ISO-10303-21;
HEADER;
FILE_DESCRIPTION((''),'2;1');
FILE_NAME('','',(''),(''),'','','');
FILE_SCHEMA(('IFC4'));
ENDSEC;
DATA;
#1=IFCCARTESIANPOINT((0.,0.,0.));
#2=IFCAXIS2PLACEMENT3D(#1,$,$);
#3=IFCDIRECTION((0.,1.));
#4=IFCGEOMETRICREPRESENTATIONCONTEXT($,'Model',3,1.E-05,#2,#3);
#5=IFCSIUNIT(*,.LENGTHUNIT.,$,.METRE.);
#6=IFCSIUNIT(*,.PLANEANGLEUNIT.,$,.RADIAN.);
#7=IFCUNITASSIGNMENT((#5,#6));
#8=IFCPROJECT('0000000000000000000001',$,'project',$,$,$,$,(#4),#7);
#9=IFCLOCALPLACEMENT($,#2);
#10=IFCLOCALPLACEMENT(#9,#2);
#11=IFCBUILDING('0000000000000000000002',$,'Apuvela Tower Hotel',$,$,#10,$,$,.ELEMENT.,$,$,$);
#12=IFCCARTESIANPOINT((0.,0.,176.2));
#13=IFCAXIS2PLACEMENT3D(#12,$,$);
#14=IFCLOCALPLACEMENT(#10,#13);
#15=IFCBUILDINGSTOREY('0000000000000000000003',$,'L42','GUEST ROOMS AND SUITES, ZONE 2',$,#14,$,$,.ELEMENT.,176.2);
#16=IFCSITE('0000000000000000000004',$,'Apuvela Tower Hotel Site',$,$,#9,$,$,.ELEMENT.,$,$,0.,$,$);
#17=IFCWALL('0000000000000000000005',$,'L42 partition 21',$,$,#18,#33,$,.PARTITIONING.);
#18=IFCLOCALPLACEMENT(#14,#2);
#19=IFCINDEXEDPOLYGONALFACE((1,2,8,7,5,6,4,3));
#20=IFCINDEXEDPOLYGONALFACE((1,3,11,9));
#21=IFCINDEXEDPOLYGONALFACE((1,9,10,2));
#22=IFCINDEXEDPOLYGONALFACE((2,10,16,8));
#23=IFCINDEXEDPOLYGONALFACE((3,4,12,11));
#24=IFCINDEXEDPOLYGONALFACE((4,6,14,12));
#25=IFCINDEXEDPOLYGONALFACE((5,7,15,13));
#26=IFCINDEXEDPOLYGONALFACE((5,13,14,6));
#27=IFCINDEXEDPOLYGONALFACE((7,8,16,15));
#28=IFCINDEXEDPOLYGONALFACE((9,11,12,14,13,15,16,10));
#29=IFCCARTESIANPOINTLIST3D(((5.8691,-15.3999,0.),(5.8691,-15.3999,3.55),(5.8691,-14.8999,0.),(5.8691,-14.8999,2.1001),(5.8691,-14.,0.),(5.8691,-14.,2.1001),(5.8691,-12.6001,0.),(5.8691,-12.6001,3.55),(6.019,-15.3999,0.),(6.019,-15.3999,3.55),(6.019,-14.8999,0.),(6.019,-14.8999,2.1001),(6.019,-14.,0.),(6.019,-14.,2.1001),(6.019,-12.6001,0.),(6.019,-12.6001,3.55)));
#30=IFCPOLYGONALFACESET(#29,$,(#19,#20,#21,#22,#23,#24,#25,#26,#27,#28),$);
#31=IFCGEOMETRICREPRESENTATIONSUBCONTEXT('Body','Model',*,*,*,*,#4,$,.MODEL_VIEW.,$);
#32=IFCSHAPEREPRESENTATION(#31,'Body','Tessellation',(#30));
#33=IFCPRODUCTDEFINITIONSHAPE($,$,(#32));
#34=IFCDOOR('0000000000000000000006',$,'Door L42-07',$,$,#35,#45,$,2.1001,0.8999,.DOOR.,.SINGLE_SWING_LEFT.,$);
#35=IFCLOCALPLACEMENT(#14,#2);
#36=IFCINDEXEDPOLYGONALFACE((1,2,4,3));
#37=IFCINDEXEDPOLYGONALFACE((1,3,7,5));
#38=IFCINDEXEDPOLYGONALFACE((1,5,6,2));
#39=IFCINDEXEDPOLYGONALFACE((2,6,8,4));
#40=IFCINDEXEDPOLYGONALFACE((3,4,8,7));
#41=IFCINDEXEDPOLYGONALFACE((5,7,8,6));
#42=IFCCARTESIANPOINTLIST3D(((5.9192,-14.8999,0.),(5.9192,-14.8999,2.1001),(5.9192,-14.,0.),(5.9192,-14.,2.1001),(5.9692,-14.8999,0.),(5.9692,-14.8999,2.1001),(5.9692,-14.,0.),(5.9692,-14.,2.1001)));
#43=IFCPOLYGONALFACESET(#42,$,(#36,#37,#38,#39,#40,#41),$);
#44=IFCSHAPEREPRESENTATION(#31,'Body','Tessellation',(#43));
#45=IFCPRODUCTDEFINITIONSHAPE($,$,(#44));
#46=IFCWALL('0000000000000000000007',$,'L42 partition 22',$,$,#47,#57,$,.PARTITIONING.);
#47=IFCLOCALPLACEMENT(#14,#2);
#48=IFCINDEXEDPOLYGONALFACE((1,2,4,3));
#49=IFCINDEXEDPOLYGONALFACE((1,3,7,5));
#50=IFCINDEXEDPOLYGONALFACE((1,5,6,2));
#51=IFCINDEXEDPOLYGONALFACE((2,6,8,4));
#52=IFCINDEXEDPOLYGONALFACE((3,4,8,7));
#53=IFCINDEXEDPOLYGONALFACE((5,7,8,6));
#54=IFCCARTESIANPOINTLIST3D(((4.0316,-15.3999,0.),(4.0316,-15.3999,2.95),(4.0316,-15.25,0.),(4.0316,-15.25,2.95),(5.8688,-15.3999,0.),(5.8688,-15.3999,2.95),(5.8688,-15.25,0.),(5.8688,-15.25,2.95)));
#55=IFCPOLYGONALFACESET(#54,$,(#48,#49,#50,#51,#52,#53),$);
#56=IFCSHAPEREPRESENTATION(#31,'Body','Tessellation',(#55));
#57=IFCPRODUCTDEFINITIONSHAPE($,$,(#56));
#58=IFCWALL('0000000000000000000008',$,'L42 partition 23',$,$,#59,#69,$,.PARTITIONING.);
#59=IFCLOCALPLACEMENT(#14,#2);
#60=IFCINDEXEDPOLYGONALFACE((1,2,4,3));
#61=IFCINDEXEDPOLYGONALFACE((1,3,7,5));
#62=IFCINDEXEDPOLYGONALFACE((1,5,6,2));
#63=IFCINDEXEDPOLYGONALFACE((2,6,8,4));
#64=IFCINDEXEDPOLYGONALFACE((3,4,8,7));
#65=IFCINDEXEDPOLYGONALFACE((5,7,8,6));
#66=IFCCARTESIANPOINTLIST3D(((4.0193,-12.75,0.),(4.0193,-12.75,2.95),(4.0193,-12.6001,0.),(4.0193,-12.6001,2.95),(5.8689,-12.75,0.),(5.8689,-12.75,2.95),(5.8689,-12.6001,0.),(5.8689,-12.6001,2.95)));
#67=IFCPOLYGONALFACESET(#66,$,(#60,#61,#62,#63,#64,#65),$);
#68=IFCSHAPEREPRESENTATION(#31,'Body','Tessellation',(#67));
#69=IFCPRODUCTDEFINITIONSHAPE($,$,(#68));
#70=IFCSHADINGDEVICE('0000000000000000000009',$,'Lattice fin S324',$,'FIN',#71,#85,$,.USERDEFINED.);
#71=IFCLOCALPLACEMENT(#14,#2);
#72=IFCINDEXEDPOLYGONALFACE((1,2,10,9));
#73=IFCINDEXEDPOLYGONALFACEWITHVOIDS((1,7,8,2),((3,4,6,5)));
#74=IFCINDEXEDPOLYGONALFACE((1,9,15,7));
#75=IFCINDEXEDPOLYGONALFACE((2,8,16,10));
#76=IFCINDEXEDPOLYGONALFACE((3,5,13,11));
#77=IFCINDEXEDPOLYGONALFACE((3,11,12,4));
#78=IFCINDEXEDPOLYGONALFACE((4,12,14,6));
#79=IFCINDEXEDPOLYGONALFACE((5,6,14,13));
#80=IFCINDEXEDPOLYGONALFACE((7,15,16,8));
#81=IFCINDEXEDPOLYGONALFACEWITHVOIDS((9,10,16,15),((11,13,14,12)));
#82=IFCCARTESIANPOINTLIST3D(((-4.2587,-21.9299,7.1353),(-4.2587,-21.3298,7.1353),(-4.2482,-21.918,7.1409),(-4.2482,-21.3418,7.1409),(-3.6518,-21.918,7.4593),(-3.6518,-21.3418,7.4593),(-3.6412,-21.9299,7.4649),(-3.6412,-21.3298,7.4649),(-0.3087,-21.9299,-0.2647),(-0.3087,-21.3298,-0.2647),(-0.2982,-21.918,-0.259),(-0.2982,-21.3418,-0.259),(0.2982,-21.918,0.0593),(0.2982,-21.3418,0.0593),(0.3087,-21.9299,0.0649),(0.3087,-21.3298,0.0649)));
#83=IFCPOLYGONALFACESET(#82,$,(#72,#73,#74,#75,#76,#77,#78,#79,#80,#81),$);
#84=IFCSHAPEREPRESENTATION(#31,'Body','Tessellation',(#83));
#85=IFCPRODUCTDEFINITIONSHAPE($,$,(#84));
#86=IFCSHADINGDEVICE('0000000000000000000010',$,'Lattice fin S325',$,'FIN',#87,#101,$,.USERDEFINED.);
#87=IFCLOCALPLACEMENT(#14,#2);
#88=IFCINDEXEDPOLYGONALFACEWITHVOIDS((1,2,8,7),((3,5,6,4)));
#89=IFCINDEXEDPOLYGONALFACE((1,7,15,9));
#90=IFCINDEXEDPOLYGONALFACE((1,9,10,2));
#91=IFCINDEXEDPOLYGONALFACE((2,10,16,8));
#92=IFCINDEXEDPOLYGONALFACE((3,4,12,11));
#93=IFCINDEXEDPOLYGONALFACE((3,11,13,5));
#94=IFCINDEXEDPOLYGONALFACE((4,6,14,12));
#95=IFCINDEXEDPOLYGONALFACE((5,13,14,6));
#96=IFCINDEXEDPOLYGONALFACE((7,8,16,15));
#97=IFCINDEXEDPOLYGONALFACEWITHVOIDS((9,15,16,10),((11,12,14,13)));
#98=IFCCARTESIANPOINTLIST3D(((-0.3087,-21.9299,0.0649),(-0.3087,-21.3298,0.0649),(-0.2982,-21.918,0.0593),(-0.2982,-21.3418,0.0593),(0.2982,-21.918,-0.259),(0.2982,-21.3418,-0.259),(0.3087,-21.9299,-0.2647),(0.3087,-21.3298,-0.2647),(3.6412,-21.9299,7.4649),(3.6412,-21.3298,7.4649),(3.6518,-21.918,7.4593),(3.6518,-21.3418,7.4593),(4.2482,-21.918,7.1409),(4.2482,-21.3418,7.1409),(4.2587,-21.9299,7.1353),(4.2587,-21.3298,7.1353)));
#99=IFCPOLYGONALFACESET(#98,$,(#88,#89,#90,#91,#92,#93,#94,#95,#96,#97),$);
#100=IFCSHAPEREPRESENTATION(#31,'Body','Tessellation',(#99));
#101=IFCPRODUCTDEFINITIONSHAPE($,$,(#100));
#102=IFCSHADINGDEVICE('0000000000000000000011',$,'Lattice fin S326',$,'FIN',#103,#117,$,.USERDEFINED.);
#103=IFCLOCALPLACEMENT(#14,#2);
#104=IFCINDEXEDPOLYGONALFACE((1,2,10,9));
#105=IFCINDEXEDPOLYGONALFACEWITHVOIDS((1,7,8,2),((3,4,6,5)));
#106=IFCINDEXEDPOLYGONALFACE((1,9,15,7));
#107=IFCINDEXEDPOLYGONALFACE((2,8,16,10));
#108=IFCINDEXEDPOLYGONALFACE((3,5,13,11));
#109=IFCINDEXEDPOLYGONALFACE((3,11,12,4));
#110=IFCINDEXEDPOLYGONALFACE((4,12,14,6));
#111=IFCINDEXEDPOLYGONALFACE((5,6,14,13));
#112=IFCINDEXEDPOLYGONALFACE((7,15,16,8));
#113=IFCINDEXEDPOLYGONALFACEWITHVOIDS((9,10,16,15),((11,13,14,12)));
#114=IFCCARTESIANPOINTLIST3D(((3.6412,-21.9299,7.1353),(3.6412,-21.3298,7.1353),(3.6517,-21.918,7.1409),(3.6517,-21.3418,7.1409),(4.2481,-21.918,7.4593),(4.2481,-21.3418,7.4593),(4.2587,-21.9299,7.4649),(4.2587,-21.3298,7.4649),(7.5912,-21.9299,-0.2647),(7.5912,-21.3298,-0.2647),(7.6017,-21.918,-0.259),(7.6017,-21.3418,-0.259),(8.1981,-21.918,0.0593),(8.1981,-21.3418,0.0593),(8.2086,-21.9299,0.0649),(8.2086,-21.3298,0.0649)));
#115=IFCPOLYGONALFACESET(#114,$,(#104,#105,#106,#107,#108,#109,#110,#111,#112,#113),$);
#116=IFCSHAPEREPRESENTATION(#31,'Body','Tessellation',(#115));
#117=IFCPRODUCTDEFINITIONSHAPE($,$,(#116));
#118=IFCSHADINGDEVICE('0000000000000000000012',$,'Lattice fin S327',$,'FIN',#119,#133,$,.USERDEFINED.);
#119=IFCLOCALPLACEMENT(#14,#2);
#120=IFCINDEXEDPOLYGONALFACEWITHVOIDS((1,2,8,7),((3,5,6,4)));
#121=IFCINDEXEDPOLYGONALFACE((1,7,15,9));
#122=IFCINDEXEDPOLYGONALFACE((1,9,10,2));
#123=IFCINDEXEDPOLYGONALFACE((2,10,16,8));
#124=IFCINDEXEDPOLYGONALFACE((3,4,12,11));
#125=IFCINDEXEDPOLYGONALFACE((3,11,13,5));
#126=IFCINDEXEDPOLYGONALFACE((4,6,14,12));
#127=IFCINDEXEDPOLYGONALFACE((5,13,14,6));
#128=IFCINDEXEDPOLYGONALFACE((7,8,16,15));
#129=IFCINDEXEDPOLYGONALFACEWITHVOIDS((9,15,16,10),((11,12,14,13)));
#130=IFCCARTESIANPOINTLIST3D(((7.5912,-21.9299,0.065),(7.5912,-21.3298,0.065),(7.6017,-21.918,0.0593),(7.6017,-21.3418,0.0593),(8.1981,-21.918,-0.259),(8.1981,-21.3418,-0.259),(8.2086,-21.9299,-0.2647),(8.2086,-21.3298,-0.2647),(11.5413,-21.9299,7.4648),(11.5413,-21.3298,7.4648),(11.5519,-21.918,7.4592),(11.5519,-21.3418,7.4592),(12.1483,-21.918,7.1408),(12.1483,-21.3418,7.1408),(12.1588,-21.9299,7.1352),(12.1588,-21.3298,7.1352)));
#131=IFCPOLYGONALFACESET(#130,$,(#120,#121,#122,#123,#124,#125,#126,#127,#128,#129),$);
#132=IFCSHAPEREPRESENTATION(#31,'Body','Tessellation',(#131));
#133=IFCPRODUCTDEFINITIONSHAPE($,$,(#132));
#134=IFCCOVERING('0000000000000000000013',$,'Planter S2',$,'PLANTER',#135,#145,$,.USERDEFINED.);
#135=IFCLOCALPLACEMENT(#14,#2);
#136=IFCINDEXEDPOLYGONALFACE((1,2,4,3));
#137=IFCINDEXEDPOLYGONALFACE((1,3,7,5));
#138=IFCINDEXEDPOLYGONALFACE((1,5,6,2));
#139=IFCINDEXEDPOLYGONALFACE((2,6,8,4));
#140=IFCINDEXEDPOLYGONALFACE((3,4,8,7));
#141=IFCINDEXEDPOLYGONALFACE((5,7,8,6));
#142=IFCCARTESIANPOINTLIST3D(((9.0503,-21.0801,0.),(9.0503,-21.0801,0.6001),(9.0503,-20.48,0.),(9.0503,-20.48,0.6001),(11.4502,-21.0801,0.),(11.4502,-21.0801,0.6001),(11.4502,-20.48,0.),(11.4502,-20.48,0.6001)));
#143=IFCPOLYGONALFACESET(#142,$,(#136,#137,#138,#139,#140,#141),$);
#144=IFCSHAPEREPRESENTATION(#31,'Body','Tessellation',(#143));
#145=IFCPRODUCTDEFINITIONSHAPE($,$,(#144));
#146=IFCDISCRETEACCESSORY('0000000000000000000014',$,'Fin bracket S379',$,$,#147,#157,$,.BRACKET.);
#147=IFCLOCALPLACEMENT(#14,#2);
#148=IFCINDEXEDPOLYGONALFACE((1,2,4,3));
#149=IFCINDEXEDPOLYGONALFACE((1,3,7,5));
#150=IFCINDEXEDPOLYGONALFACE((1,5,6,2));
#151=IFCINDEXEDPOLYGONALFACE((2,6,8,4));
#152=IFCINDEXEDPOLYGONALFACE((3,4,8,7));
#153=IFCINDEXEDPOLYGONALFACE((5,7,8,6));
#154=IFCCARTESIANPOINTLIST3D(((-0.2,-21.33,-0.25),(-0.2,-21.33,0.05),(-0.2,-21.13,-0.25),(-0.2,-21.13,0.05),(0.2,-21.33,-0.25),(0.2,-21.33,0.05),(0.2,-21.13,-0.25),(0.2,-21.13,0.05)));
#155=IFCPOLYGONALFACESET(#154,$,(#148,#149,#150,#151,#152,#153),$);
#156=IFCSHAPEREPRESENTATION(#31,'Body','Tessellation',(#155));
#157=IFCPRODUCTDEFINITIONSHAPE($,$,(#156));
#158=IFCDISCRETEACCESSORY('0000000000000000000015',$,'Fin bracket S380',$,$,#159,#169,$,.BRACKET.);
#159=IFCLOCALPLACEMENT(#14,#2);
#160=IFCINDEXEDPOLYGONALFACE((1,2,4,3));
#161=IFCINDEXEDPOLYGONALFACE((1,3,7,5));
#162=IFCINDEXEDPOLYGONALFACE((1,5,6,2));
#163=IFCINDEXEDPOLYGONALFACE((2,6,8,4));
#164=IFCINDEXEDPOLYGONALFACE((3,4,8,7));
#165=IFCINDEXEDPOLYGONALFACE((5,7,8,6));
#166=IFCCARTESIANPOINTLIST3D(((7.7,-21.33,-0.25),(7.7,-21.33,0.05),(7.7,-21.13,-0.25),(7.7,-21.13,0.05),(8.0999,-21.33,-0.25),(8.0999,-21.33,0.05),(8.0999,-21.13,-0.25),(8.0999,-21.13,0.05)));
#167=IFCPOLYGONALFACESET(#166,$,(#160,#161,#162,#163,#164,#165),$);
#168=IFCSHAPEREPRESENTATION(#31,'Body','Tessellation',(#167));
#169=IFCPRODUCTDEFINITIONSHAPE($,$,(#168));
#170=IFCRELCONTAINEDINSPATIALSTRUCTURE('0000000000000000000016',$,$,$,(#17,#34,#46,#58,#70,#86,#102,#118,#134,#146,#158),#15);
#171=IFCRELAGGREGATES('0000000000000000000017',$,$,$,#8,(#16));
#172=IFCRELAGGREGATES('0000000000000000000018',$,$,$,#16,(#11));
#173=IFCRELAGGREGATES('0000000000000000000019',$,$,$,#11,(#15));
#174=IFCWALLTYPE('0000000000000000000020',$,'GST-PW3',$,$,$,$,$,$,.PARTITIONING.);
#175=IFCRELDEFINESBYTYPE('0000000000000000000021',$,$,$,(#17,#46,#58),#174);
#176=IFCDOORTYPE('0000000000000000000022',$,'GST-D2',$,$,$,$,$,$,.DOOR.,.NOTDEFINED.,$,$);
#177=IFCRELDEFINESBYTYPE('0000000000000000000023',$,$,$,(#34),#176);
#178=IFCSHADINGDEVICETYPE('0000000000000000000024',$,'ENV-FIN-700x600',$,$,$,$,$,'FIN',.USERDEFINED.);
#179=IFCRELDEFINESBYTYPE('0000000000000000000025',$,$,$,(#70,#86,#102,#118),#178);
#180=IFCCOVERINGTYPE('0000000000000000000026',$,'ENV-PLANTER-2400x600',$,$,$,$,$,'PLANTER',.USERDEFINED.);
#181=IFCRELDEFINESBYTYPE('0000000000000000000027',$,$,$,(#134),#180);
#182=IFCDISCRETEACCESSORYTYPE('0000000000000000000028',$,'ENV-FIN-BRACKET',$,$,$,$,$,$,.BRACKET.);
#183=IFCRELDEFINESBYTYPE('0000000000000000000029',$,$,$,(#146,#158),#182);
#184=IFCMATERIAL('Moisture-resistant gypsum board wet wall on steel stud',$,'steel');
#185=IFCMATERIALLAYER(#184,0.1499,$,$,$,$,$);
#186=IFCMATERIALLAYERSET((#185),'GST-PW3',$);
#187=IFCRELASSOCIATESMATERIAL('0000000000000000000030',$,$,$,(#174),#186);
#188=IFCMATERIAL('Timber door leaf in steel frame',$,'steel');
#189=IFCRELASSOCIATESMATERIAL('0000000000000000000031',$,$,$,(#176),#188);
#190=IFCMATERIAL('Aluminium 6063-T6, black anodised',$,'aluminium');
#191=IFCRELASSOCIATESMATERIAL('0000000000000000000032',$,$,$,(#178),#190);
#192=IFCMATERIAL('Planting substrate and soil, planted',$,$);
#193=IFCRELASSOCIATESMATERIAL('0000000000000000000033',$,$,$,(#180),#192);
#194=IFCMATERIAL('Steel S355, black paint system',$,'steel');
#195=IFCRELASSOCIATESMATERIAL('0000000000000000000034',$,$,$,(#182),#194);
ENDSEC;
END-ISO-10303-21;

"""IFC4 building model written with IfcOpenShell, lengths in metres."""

from ifc_helpers import new_model, si_unit, direction, frame, frame_2d, origin, origin_2d, place, context, subcontext, project, spatial, rectangle, hollow_rectangle, extrude, material, layer, layer_set, material_profile, profile_set, type_object, element, fill, save


model = new_model("IFC4")

# Units and contexts
model_context = context("Model", 3, precision=1e-05, world=origin(), true_north=direction((0.0, 1.0)))
body_context = subcontext(model_context, "Body", "Model", "MODEL_VIEW")
ifc_project = project(units=[si_unit("LENGTHUNIT", "METRE"), si_unit("PLANEANGLEUNIT", "RADIAN")], contexts=[model_context])

# Site, building, storey
site_placement = place(None, origin())
site = spatial("IfcSite", under=ifc_project, at=site_placement, Name="Apuvela Tower Hotel Site", CompositionType="ELEMENT", RefElevation=0.0)
building_placement = place(site_placement, origin())
building = spatial("IfcBuilding", under=site, at=building_placement, Name="Apuvela Tower Hotel", CompositionType="ELEMENT")
storey_placement = place(building_placement, frame((0.0, 0.0, 176.2)))
storey = spatial("IfcBuildingStorey", under=building, at=storey_placement, Name="L42", Description="GUEST ROOMS AND SUITES, ZONE 2", CompositionType="ELEMENT", Elevation=176.2)

# Wall, opening, door
ifc_material_1 = material(Name="Moisture-resistant gypsum board wet wall on steel stud", Category="steel")
ifc_layer_1 = layer(ifc_material_1, 0.1499)
ifc_layer_set_1 = layer_set([ifc_layer_1], Name="GST-PW3")
wall_type_1 = type_object("IfcWallType", Name="GST-PW3", PredefinedType="PARTITIONING", material=ifc_layer_set_1)
wall_1_placement = place(storey_placement, frame((5.9441, -15.3999, 0.0), z_axis=(0.0, 0.0, 1.0), x_axis=(0.0, 1.0, 0.0)))
wall_1 = element("IfcWall", 1, at=wall_1_placement, inside=storey, type_object=wall_type_1, Name="L42 partition 21", PredefinedType="PARTITIONING", context=body_context, shape_type="SweptSolid", body=[
    extrude(rectangle(XDim=2.7998, YDim=0.1499, at=frame_2d((1.3999, 0.0))), origin(), (0.0, 0.0, 1.0), 3.55),
])
opening_1_placement = place(wall_1_placement, frame((0.5, 0.0, 0.0)))
opening_1 = element("IfcOpeningElement", 2, at=opening_1_placement, cuts=wall_1, PredefinedType="OPENING", context=body_context, shape_type="SweptSolid", body=[
    extrude(rectangle(XDim=0.8999, YDim=2.1001, at=frame_2d((0.45, 1.05))), frame((0.0, 0.085, 0.0), z_axis=(0.0, -1.0, 0.0), x_axis=(1.0, 0.0, 0.0)), (0.0, 0.0, 1.0), 0.1699),
])
ifc_material_2 = material(Name="Timber door leaf in steel frame", Category="steel")
door_type_1 = type_object("IfcDoorType", Name="GST-D2", OperationType="NOTDEFINED", PredefinedType="DOOR", material=ifc_material_2)
door_1_placement = place(opening_1_placement, origin())
door_1 = element("IfcDoor", 3, at=door_1_placement, inside=storey, type_object=door_type_1, Name="Door L42-07", OperationType="SINGLE_SWING_LEFT", OverallHeight=2.1001, OverallWidth=0.8999, PredefinedType="DOOR", context=body_context, shape_type="SweptSolid", body=[
    extrude(rectangle(XDim=0.8999, YDim=2.1001, at=frame_2d((0.45, 1.05))), frame((0.0, 0.0249, 0.0), z_axis=(0.0, -1.0, 0.0), x_axis=(1.0, 0.0, 0.0)), (0.0, 0.0, 1.0), 0.05),
])
fill(opening_1, door_1)

# Walls
wall_2_placement = place(storey_placement, frame((4.0317, -15.325, 0.0), z_axis=(0.0, 0.0, 1.0), x_axis=(1.0, 0.0, 0.0)))
element("IfcWall", 4, at=wall_2_placement, inside=storey, type_object=wall_type_1, Name="L42 partition 22", PredefinedType="PARTITIONING", context=body_context, shape_type="SweptSolid", body=[
    extrude(rectangle(XDim=1.8372, YDim=0.1499, at=frame_2d((0.9185, 0.0))), origin(), (0.0, 0.0, 1.0), 2.95),
])
wall_3_placement = place(storey_placement, frame((4.0193, -12.675, 0.0), z_axis=(0.0, 0.0, 1.0), x_axis=(1.0, 0.0, 0.0)))
element("IfcWall", 5, at=wall_3_placement, inside=storey, type_object=wall_type_1, Name="L42 partition 23", PredefinedType="PARTITIONING", context=body_context, shape_type="SweptSolid", body=[
    extrude(rectangle(XDim=1.8496, YDim=0.1499, at=frame_2d((0.9248, 0.0))), origin(), (0.0, 0.0, 1.0), 2.95),
])

# Shading devices
ifc_material_3 = material(Name="Aluminium 6063-T6, black anodised", Category="aluminium")
ifc_material_profile_1 = material_profile(ifc_material_3, hollow_rectangle(XDim=0.6001, YDim=0.7, WallThickness=0.012, at=origin_2d()), Name="AL BOX 700x600x12")
ifc_profile_set_1 = profile_set([ifc_material_profile_1], Name="Aluminium 6063-T6, black anodised")
shading_device_type = type_object("IfcShadingDeviceType", Name="ENV-FIN-700x600", ElementType="FIN", PredefinedType="USERDEFINED", material=ifc_profile_set_1)
for number, where, z_axis, x_axis, name in (
    (6, (0.0, -21.6299, -0.0999), (-0.470898, 0.0, 0.882188), (0.0, -1.0, 0.0), "Lattice fin S324"),
    (7, (0.0, -21.6299, -0.0999), (0.470898, 0.0, 0.882188), (0.0, 1.0, 0.0), "Lattice fin S325"),
    (8, (7.8999, -21.6299, -0.0999), (-0.470898, 0.0, 0.882188), (0.0, -1.0, 0.0), "Lattice fin S326"),
    (9, (7.8999, -21.6299, -0.0999), (0.470921, 0.0, 0.882176), (0.0, 1.0, 0.0), "Lattice fin S327"),
):
    element("IfcShadingDevice", number, at=place(storey_placement, frame(where, z_axis=z_axis, x_axis=x_axis)), inside=storey, type_object=shading_device_type, Name=name, ObjectType="FIN", PredefinedType="USERDEFINED", context=body_context, shape_type="SweptSolid", body=[
        extrude(hollow_rectangle(XDim=0.6001, YDim=0.7, WallThickness=0.012, at=origin_2d()), origin(), (0.0, 0.0, 1.0), 8.3882),
    ])

# Covering
ifc_material_4 = material(Name="Planting substrate and soil, planted")
covering_type = type_object("IfcCoveringType", Name="ENV-PLANTER-2400x600", ElementType="PLANTER", PredefinedType="USERDEFINED", material=ifc_material_4)
covering_placement = place(storey_placement, frame((10.2502, -20.78, 0.0), z_axis=(0.0, 0.0, 1.0), x_axis=(1.0, 0.0, 0.0)))
element("IfcCovering", 10, at=covering_placement, inside=storey, type_object=covering_type, Name="Planter S2", ObjectType="PLANTER", PredefinedType="USERDEFINED", context=body_context, shape_type="SweptSolid", body=[
    extrude(rectangle(XDim=2.3999, YDim=0.6001, at=origin_2d()), origin(), (0.0, 0.0, 1.0), 0.6001),
])

# Discrete accessories
ifc_material_5 = material(Name="Steel S355, black paint system", Category="steel")
discrete_accessory_type = type_object("IfcDiscreteAccessoryType", Name="ENV-FIN-BRACKET", PredefinedType="BRACKET", material=ifc_material_5)
for number, where, z_axis, x_axis, name in (
    (11, (0.0, -21.23, -0.25), (0.0, 0.0, 1.0), (1.0, 0.0, 0.0), "Fin bracket S379"),
    (12, (7.8999, -21.23, -0.25), (0.0, 0.0, 1.0), (1.0, 0.0, 0.0), "Fin bracket S380"),
):
    element("IfcDiscreteAccessory", number, at=place(storey_placement, frame(where, z_axis=z_axis, x_axis=x_axis)), inside=storey, type_object=discrete_accessory_type, Name=name, PredefinedType="BRACKET", context=body_context, shape_type="SweptSolid", body=[
        extrude(rectangle(XDim=0.3999, YDim=0.2, at=origin_2d()), origin(), (0.0, 0.0, 1.0), 0.3),
    ])

save(model, "model.ifc")
